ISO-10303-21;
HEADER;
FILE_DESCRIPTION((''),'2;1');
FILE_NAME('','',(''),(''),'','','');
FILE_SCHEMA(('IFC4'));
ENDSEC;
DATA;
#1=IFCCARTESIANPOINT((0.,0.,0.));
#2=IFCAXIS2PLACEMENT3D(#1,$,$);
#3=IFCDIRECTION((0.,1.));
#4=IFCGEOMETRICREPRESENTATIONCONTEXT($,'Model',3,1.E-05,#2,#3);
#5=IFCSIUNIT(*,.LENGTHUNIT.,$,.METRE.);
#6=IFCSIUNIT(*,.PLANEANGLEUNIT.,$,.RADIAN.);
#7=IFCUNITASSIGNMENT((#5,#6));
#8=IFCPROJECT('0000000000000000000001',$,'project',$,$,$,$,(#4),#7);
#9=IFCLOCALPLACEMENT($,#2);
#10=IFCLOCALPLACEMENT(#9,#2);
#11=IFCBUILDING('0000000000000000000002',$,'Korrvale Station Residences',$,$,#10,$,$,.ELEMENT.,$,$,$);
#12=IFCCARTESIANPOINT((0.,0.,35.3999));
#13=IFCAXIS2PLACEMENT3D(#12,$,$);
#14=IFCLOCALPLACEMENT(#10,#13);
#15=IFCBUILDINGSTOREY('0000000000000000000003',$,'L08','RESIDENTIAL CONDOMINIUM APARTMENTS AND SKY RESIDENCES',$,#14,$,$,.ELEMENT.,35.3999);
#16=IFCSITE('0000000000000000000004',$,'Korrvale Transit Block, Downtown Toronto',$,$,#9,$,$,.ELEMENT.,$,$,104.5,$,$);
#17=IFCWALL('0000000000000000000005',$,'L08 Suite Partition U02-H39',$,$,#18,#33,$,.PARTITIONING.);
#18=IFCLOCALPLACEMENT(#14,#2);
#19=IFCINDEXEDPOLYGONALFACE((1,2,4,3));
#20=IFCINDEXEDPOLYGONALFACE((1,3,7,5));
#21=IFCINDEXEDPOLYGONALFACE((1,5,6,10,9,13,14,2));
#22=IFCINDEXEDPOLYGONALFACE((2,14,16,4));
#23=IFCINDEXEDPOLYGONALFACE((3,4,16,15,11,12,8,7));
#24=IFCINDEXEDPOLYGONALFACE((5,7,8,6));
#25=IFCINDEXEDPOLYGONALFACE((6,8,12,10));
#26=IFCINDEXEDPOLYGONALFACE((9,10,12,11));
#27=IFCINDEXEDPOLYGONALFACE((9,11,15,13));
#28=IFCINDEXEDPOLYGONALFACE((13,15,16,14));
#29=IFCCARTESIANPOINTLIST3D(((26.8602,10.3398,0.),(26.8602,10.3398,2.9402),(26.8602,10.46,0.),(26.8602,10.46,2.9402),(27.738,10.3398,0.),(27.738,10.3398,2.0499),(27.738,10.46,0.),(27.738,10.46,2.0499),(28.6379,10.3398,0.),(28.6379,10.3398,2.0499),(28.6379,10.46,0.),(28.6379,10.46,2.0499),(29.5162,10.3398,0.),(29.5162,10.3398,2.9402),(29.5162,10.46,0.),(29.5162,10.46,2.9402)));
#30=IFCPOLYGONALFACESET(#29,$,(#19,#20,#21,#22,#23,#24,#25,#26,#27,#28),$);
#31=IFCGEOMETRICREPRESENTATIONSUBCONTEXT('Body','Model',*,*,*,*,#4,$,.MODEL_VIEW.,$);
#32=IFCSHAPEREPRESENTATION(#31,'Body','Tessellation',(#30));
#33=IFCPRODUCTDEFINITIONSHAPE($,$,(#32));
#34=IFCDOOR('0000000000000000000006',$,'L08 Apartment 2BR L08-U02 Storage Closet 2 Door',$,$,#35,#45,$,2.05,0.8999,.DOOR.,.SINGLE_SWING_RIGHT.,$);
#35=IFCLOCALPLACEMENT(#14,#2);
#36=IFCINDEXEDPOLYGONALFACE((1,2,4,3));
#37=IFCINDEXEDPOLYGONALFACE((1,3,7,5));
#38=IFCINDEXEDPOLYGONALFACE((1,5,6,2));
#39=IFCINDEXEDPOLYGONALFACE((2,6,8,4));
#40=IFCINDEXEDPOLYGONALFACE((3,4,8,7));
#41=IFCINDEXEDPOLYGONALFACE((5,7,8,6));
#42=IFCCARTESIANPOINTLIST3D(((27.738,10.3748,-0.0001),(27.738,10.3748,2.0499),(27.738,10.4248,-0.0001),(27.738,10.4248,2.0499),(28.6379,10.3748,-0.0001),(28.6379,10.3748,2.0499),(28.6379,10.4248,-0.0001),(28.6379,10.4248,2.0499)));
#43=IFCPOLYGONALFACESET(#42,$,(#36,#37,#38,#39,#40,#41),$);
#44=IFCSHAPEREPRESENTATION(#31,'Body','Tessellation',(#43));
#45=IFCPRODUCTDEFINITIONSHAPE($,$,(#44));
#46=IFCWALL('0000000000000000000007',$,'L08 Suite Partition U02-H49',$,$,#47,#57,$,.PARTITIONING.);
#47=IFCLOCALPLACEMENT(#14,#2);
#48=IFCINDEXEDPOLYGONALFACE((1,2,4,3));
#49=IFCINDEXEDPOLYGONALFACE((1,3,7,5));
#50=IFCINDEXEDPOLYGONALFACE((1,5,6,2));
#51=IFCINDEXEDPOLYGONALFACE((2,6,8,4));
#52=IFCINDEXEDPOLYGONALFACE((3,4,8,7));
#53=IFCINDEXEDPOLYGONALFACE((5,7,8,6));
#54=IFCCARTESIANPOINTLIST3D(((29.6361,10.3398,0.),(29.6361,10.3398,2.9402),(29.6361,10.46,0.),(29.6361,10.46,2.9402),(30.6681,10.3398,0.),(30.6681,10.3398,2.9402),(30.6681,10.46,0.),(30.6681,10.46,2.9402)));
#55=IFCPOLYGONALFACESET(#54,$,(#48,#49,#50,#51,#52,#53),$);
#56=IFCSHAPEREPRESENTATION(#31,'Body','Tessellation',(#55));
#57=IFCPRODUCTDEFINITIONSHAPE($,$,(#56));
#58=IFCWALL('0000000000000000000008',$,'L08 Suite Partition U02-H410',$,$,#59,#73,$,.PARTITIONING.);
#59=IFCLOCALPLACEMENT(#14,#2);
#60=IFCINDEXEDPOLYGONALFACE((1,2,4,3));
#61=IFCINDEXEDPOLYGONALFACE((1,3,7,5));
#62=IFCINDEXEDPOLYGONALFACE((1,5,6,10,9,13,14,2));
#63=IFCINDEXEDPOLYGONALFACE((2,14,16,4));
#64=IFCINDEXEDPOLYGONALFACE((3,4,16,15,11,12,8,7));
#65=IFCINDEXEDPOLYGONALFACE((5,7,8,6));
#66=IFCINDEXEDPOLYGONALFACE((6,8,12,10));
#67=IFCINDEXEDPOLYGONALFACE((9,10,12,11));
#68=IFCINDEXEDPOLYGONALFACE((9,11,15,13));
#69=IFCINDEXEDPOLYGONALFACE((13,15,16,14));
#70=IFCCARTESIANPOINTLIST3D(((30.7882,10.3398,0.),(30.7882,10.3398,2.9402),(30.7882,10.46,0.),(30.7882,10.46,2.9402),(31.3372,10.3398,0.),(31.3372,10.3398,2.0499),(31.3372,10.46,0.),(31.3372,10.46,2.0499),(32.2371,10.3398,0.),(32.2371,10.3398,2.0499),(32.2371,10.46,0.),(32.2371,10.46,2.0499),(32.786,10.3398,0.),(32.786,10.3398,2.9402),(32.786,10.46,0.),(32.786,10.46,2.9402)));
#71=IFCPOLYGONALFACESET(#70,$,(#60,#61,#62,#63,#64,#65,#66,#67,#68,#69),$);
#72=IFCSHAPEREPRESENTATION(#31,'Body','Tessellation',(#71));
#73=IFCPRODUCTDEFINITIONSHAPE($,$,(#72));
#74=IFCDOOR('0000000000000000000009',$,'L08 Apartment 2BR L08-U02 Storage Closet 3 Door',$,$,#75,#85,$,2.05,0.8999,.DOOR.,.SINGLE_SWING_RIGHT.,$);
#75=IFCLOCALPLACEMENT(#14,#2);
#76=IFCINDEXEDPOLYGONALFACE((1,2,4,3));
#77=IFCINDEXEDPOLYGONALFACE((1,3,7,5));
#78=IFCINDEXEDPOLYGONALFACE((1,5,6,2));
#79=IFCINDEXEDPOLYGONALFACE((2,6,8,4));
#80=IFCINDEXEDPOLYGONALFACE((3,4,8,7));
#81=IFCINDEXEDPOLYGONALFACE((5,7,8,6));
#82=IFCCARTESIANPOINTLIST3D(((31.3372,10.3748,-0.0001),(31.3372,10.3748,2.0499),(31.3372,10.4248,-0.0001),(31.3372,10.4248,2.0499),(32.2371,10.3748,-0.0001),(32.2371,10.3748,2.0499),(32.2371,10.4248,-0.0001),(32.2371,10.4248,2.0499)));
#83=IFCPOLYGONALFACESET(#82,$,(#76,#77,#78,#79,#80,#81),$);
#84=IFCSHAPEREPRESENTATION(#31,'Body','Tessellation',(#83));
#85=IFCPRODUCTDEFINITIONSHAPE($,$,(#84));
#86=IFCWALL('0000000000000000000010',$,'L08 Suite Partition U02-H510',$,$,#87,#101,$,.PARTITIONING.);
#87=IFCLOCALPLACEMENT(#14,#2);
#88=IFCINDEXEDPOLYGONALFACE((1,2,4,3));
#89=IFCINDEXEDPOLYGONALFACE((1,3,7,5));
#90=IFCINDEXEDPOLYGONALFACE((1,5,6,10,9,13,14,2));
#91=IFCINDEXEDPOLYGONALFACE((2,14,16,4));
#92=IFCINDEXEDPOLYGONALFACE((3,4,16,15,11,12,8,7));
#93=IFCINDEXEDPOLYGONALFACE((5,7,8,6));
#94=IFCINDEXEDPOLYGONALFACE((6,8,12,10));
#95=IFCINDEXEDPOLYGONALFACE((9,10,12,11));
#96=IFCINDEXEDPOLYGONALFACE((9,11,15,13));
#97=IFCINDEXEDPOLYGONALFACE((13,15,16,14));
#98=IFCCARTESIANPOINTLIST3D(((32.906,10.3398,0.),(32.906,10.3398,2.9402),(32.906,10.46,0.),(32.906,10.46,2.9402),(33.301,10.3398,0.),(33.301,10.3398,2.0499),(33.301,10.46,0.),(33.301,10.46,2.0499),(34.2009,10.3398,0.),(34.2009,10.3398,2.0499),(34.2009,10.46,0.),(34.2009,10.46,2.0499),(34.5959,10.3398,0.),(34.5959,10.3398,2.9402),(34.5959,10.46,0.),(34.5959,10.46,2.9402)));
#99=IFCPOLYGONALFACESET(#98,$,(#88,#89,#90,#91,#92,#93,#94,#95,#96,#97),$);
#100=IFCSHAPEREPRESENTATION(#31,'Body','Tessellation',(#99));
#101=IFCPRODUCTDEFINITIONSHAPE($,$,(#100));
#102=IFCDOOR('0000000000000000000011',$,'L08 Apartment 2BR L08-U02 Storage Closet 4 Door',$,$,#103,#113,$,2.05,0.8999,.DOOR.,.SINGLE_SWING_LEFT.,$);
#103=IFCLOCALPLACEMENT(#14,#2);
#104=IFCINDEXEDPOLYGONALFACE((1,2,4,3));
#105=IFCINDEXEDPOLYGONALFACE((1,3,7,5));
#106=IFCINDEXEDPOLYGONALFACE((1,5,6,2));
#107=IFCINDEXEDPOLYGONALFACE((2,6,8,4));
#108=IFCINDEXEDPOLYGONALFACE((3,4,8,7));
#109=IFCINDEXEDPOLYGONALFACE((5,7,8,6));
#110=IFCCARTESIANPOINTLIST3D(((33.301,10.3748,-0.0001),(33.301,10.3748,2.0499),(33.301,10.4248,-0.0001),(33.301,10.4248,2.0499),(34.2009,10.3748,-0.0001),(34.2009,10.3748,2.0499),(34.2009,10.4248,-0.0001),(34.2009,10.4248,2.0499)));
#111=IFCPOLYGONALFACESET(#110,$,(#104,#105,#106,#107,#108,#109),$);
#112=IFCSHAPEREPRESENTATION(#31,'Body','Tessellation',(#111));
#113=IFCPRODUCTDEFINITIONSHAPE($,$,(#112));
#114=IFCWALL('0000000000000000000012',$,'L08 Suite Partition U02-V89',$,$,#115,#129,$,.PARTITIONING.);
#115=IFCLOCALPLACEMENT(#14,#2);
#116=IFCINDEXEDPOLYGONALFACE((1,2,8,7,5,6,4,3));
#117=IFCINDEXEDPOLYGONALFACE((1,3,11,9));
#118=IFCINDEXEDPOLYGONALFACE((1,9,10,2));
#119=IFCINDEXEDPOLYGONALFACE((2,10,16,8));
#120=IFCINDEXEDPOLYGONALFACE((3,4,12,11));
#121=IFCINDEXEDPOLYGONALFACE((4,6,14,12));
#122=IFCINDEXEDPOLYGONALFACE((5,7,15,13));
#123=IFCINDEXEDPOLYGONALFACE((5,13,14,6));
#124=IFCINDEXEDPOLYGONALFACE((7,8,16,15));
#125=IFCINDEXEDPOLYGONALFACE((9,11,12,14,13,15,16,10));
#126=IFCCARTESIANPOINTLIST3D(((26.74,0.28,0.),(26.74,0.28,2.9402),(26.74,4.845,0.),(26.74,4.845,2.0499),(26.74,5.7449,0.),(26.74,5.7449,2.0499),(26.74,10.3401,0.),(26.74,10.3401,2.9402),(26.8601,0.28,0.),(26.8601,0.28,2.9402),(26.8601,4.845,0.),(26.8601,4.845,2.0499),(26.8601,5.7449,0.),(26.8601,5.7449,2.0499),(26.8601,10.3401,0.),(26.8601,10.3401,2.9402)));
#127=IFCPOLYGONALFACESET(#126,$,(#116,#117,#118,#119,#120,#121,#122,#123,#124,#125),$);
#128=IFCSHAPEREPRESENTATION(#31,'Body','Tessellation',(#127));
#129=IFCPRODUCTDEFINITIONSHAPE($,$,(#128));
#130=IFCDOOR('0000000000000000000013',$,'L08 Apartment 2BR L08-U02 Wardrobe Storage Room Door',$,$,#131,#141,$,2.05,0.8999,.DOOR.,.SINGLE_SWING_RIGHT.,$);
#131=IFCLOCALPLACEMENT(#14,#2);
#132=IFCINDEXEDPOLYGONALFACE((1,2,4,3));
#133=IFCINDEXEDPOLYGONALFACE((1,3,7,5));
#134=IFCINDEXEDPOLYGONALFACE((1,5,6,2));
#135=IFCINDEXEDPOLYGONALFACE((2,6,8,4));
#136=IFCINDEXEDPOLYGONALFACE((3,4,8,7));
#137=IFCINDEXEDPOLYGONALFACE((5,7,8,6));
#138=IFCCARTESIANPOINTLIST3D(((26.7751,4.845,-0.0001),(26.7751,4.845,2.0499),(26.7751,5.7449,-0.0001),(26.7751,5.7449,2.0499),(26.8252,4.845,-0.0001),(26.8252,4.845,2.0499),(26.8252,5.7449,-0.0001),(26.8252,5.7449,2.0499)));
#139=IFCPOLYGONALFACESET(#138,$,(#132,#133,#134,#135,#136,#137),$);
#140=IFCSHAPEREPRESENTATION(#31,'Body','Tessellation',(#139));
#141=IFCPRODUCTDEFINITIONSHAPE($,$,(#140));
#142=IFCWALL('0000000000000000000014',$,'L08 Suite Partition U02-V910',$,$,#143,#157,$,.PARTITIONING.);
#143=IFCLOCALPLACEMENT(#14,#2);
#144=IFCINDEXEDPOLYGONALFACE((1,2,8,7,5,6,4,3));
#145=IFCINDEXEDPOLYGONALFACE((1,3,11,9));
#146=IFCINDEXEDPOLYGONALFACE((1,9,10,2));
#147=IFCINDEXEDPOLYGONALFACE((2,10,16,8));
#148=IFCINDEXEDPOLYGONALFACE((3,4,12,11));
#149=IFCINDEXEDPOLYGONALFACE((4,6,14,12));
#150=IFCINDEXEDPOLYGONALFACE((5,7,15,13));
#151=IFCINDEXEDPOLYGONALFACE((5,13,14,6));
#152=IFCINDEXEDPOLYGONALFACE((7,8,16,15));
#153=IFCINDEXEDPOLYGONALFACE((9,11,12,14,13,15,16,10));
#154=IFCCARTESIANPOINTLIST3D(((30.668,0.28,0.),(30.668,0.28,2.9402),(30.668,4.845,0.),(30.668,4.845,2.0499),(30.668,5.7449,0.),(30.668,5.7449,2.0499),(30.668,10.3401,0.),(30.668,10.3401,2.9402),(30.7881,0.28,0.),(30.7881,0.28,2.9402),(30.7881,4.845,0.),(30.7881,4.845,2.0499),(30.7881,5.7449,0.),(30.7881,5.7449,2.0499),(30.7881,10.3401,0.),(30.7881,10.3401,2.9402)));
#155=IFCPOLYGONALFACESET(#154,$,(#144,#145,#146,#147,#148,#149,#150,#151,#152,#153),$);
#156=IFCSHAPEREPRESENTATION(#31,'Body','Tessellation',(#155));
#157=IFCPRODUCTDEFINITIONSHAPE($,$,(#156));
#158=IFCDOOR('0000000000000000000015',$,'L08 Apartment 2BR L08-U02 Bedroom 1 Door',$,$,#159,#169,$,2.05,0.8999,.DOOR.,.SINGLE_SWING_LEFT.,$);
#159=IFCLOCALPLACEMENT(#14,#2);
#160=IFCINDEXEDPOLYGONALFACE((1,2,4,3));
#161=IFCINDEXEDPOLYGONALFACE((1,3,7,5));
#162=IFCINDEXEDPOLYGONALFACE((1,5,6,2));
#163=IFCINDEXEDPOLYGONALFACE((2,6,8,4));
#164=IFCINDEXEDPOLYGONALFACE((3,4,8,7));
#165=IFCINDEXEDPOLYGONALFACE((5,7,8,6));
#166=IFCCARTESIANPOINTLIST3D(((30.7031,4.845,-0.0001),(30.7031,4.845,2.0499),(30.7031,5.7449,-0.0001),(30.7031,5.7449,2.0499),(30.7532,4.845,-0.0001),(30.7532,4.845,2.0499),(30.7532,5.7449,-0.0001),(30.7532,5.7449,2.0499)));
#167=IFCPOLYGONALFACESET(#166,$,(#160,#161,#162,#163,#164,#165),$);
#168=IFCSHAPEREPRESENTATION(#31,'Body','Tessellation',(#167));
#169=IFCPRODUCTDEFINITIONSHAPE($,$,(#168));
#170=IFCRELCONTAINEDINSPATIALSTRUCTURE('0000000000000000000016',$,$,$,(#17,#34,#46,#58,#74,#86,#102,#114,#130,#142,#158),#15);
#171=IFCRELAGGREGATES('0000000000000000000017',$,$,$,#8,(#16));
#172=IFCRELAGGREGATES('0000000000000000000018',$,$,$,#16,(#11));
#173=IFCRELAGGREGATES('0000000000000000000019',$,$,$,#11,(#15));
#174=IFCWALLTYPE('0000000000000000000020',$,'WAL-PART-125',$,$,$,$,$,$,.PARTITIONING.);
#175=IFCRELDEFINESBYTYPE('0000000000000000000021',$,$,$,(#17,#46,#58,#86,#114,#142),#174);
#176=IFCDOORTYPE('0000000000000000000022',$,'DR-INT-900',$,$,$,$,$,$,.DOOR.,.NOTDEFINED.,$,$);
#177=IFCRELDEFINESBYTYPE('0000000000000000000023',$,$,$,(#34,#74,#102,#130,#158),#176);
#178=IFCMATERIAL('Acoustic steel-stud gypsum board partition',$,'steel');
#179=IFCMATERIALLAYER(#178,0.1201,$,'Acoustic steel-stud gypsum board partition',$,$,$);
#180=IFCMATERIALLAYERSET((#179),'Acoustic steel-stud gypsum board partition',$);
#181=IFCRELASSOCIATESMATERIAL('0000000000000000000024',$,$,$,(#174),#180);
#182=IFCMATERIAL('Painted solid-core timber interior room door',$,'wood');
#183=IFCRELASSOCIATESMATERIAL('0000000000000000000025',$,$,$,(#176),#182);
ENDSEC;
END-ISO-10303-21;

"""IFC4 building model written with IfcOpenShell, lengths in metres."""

from ifc_helpers import new_model, si_unit, direction, frame, frame_2d, origin, place, context, subcontext, project, spatial, rectangle, extrude, material, layer, layer_set, type_object, element, fill, save


model = new_model("IFC4")

# Units and contexts
model_context = context("Model", 3, precision=1e-05, world=origin(), true_north=direction((0.0, 1.0)))
body_context = subcontext(model_context, "Body", "Model", "MODEL_VIEW")
ifc_project = project(units=[si_unit("LENGTHUNIT", "METRE"), si_unit("PLANEANGLEUNIT", "RADIAN")], contexts=[model_context])

# Site, building, storey
site_placement = place(None, origin())
site = spatial("IfcSite", under=ifc_project, at=site_placement, Name="Korrvale Transit Block, Downtown Toronto", CompositionType="ELEMENT", RefElevation=104.5)
building_placement = place(site_placement, origin())
building = spatial("IfcBuilding", under=site, at=building_placement, Name="Korrvale Station Residences", CompositionType="ELEMENT")
storey_placement = place(building_placement, frame((0.0, 0.0, 35.3999)))
storey = spatial("IfcBuildingStorey", under=building, at=storey_placement, Name="L08", Description="RESIDENTIAL CONDOMINIUM APARTMENTS AND SKY RESIDENCES", CompositionType="ELEMENT", Elevation=35.3999)

# Shared definitions
ifc_material_1 = material(Name="Acoustic steel-stud gypsum board partition", Category="steel")
ifc_layer_1 = layer(ifc_material_1, 0.1201, Name="Acoustic steel-stud gypsum board partition")
ifc_layer_set_1 = layer_set([ifc_layer_1], Name="Acoustic steel-stud gypsum board partition")
wall_type = type_object("IfcWallType", Name="WAL-PART-125", PredefinedType="PARTITIONING", material=ifc_layer_set_1)
ifc_material_2 = material(Name="Painted solid-core timber interior room door", Category="wood")
door_type = type_object("IfcDoorType", Name="DR-INT-900", OperationType="NOTDEFINED", PredefinedType="DOOR", material=ifc_material_2)

# Wall, opening, door
wall_1_placement = place(storey_placement, frame((26.8601, 10.3999, 0.0), z_axis=(0.0, 0.0, 1.0), x_axis=(1.0, 0.0, 0.0)))
wall_1 = element("IfcWall", 1, at=wall_1_placement, inside=storey, type_object=wall_type, Name="L08 Suite Partition U02-H39", PredefinedType="PARTITIONING", context=body_context, shape_type="SweptSolid", body=[
    extrude(rectangle(XDim=2.656, YDim=0.1201, at=frame_2d((1.3281, 0.0))), origin(), (0.0, 0.0, 1.0), 2.9402),
])
opening_1_placement = place(wall_1_placement, frame((0.8779, 0.0, 0.0)))
opening_1 = element("IfcOpeningElement", 2, at=opening_1_placement, cuts=wall_1, PredefinedType="OPENING", context=body_context, shape_type="SweptSolid", body=[
    extrude(rectangle(XDim=0.8999, YDim=2.05, at=frame_2d((0.45, 1.0249))), frame((0.0, 0.0701, 0.0), z_axis=(0.0, -1.0, 0.0), x_axis=(1.0, 0.0, 0.0)), (0.0, 0.0, 1.0), 0.1401),
])
door_1_placement = place(opening_1_placement, origin())
door_1 = element("IfcDoor", 3, at=door_1_placement, inside=storey, type_object=door_type, Name="L08 Apartment 2BR L08-U02 Storage Closet 2 Door", OperationType="SINGLE_SWING_RIGHT", OverallHeight=2.05, OverallWidth=0.8999, PredefinedType="DOOR", context=body_context, shape_type="SweptSolid", body=[
    extrude(rectangle(XDim=0.8999, YDim=2.05, at=frame_2d((0.45, 1.0249))), frame((0.0, 0.0249, 0.0), z_axis=(0.0, -1.0, 0.0), x_axis=(1.0, 0.0, 0.0)), (0.0, 0.0, 1.0), 0.05),
])
fill(opening_1, door_1)

# Wall
wall_2_placement = place(storey_placement, frame((29.636, 10.3999, 0.0), z_axis=(0.0, 0.0, 1.0), x_axis=(1.0, 0.0, 0.0)))
element("IfcWall", 4, at=wall_2_placement, inside=storey, type_object=wall_type, Name="L08 Suite Partition U02-H49", PredefinedType="PARTITIONING", context=body_context, shape_type="SweptSolid", body=[
    extrude(rectangle(XDim=1.032, YDim=0.1201, at=frame_2d((0.5161, 0.0))), origin(), (0.0, 0.0, 1.0), 2.9402),
])

# Walls, openings, doors
wall_3_placement = place(storey_placement, frame((30.7881, 10.3999, 0.0), z_axis=(0.0, 0.0, 1.0), x_axis=(1.0, 0.0, 0.0)))
wall_3 = element("IfcWall", 5, at=wall_3_placement, inside=storey, type_object=wall_type, Name="L08 Suite Partition U02-H410", PredefinedType="PARTITIONING", context=body_context, shape_type="SweptSolid", body=[
    extrude(rectangle(XDim=1.9978, YDim=0.1201, at=frame_2d((0.999, 0.0))), origin(), (0.0, 0.0, 1.0), 2.9402),
])
opening_2_placement = place(wall_3_placement, frame((0.5491, 0.0, 0.0)))
opening_2 = element("IfcOpeningElement", 6, at=opening_2_placement, cuts=wall_3, PredefinedType="OPENING", context=body_context, shape_type="SweptSolid", body=[
    extrude(rectangle(XDim=0.8999, YDim=2.05, at=frame_2d((0.45, 1.0249))), frame((0.0, 0.0701, 0.0), z_axis=(0.0, -1.0, 0.0), x_axis=(1.0, 0.0, 0.0)), (0.0, 0.0, 1.0), 0.1401),
])
door_2_placement = place(opening_2_placement, origin())
door_2 = element("IfcDoor", 7, at=door_2_placement, inside=storey, type_object=door_type, Name="L08 Apartment 2BR L08-U02 Storage Closet 3 Door", OperationType="SINGLE_SWING_RIGHT", OverallHeight=2.05, OverallWidth=0.8999, PredefinedType="DOOR", context=body_context, shape_type="SweptSolid", body=[
    extrude(rectangle(XDim=0.8999, YDim=2.05, at=frame_2d((0.45, 1.0249))), frame((0.0, 0.0249, 0.0), z_axis=(0.0, -1.0, 0.0), x_axis=(1.0, 0.0, 0.0)), (0.0, 0.0, 1.0), 0.05),
])
fill(opening_2, door_2)
wall_4_placement = place(storey_placement, frame((32.906, 10.3999, 0.0), z_axis=(0.0, 0.0, 1.0), x_axis=(1.0, 0.0, 0.0)))
wall_4 = element("IfcWall", 8, at=wall_4_placement, inside=storey, type_object=wall_type, Name="L08 Suite Partition U02-H510", PredefinedType="PARTITIONING", context=body_context, shape_type="SweptSolid", body=[
    extrude(rectangle(XDim=1.6899, YDim=0.1201, at=frame_2d((0.845, 0.0))), origin(), (0.0, 0.0, 1.0), 2.9402),
])
opening_3_placement = place(wall_4_placement, frame((0.395, 0.0, 0.0)))
opening_3 = element("IfcOpeningElement", 9, at=opening_3_placement, cuts=wall_4, PredefinedType="OPENING", context=body_context, shape_type="SweptSolid", body=[
    extrude(rectangle(XDim=0.8999, YDim=2.05, at=frame_2d((0.45, 1.0249))), frame((0.0, 0.0701, 0.0), z_axis=(0.0, -1.0, 0.0), x_axis=(1.0, 0.0, 0.0)), (0.0, 0.0, 1.0), 0.1401),
])
door_3_placement = place(opening_3_placement, origin())
door_3 = element("IfcDoor", 10, at=door_3_placement, inside=storey, type_object=door_type, Name="L08 Apartment 2BR L08-U02 Storage Closet 4 Door", OperationType="SINGLE_SWING_LEFT", OverallHeight=2.05, OverallWidth=0.8999, PredefinedType="DOOR", context=body_context, shape_type="SweptSolid", body=[
    extrude(rectangle(XDim=0.8999, YDim=2.05, at=frame_2d((0.45, 1.0249))), frame((0.0, 0.0249, 0.0), z_axis=(0.0, -1.0, 0.0), x_axis=(1.0, 0.0, 0.0)), (0.0, 0.0, 1.0), 0.05),
])
fill(opening_3, door_3)
wall_5_placement = place(storey_placement, frame((26.8, 0.28, 0.0), z_axis=(0.0, 0.0, 1.0), x_axis=(0.0, 1.0, 0.0)))
wall_5 = element("IfcWall", 11, at=wall_5_placement, inside=storey, type_object=wall_type, Name="L08 Suite Partition U02-V89", PredefinedType="PARTITIONING", context=body_context, shape_type="SweptSolid", body=[
    extrude(rectangle(XDim=10.0601, YDim=0.1201, at=frame_2d((5.03, 0.0))), origin(), (0.0, 0.0, 1.0), 2.9402),
])
opening_4_placement = place(wall_5_placement, frame((4.5649, 0.0, 0.0)))
opening_4 = element("IfcOpeningElement", 12, at=opening_4_placement, cuts=wall_5, PredefinedType="OPENING", context=body_context, shape_type="SweptSolid", body=[
    extrude(rectangle(XDim=0.8999, YDim=2.05, at=frame_2d((0.45, 1.0249))), frame((0.0, 0.0701, 0.0), z_axis=(0.0, -1.0, 0.0), x_axis=(1.0, 0.0, 0.0)), (0.0, 0.0, 1.0), 0.1401),
])
door_4_placement = place(opening_4_placement, origin())
door_4 = element("IfcDoor", 13, at=door_4_placement, inside=storey, type_object=door_type, Name="L08 Apartment 2BR L08-U02 Wardrobe Storage Room Door", OperationType="SINGLE_SWING_RIGHT", OverallHeight=2.05, OverallWidth=0.8999, PredefinedType="DOOR", context=body_context, shape_type="SweptSolid", body=[
    extrude(rectangle(XDim=0.8999, YDim=2.05, at=frame_2d((0.45, 1.0249))), frame((0.0, 0.0249, 0.0), z_axis=(0.0, -1.0, 0.0), x_axis=(1.0, 0.0, 0.0)), (0.0, 0.0, 1.0), 0.05),
])
fill(opening_4, door_4)
wall_6_placement = place(storey_placement, frame((30.728, 0.28, 0.0), z_axis=(0.0, 0.0, 1.0), x_axis=(0.0, 1.0, 0.0)))
wall_6 = element("IfcWall", 14, at=wall_6_placement, inside=storey, type_object=wall_type, Name="L08 Suite Partition U02-V910", PredefinedType="PARTITIONING", context=body_context, shape_type="SweptSolid", body=[
    extrude(rectangle(XDim=10.0601, YDim=0.1201, at=frame_2d((5.03, 0.0))), origin(), (0.0, 0.0, 1.0), 2.9402),
])
opening_5_placement = place(wall_6_placement, frame((4.5649, 0.0, 0.0)))
opening_5 = element("IfcOpeningElement", 15, at=opening_5_placement, cuts=wall_6, PredefinedType="OPENING", context=body_context, shape_type="SweptSolid", body=[
    extrude(rectangle(XDim=0.8999, YDim=2.05, at=frame_2d((0.45, 1.0249))), frame((0.0, 0.0701, 0.0), z_axis=(0.0, -1.0, 0.0), x_axis=(1.0, 0.0, 0.0)), (0.0, 0.0, 1.0), 0.1401),
])
door_5_placement = place(opening_5_placement, origin())
door_5 = element("IfcDoor", 16, at=door_5_placement, inside=storey, type_object=door_type, Name="L08 Apartment 2BR L08-U02 Bedroom 1 Door", OperationType="SINGLE_SWING_LEFT", OverallHeight=2.05, OverallWidth=0.8999, PredefinedType="DOOR", context=body_context, shape_type="SweptSolid", body=[
    extrude(rectangle(XDim=0.8999, YDim=2.05, at=frame_2d((0.45, 1.0249))), frame((0.0, 0.0249, 0.0), z_axis=(0.0, -1.0, 0.0), x_axis=(1.0, 0.0, 0.0)), (0.0, 0.0, 1.0), 0.05),
])
fill(opening_5, door_5)

save(model, "model.ifc")
